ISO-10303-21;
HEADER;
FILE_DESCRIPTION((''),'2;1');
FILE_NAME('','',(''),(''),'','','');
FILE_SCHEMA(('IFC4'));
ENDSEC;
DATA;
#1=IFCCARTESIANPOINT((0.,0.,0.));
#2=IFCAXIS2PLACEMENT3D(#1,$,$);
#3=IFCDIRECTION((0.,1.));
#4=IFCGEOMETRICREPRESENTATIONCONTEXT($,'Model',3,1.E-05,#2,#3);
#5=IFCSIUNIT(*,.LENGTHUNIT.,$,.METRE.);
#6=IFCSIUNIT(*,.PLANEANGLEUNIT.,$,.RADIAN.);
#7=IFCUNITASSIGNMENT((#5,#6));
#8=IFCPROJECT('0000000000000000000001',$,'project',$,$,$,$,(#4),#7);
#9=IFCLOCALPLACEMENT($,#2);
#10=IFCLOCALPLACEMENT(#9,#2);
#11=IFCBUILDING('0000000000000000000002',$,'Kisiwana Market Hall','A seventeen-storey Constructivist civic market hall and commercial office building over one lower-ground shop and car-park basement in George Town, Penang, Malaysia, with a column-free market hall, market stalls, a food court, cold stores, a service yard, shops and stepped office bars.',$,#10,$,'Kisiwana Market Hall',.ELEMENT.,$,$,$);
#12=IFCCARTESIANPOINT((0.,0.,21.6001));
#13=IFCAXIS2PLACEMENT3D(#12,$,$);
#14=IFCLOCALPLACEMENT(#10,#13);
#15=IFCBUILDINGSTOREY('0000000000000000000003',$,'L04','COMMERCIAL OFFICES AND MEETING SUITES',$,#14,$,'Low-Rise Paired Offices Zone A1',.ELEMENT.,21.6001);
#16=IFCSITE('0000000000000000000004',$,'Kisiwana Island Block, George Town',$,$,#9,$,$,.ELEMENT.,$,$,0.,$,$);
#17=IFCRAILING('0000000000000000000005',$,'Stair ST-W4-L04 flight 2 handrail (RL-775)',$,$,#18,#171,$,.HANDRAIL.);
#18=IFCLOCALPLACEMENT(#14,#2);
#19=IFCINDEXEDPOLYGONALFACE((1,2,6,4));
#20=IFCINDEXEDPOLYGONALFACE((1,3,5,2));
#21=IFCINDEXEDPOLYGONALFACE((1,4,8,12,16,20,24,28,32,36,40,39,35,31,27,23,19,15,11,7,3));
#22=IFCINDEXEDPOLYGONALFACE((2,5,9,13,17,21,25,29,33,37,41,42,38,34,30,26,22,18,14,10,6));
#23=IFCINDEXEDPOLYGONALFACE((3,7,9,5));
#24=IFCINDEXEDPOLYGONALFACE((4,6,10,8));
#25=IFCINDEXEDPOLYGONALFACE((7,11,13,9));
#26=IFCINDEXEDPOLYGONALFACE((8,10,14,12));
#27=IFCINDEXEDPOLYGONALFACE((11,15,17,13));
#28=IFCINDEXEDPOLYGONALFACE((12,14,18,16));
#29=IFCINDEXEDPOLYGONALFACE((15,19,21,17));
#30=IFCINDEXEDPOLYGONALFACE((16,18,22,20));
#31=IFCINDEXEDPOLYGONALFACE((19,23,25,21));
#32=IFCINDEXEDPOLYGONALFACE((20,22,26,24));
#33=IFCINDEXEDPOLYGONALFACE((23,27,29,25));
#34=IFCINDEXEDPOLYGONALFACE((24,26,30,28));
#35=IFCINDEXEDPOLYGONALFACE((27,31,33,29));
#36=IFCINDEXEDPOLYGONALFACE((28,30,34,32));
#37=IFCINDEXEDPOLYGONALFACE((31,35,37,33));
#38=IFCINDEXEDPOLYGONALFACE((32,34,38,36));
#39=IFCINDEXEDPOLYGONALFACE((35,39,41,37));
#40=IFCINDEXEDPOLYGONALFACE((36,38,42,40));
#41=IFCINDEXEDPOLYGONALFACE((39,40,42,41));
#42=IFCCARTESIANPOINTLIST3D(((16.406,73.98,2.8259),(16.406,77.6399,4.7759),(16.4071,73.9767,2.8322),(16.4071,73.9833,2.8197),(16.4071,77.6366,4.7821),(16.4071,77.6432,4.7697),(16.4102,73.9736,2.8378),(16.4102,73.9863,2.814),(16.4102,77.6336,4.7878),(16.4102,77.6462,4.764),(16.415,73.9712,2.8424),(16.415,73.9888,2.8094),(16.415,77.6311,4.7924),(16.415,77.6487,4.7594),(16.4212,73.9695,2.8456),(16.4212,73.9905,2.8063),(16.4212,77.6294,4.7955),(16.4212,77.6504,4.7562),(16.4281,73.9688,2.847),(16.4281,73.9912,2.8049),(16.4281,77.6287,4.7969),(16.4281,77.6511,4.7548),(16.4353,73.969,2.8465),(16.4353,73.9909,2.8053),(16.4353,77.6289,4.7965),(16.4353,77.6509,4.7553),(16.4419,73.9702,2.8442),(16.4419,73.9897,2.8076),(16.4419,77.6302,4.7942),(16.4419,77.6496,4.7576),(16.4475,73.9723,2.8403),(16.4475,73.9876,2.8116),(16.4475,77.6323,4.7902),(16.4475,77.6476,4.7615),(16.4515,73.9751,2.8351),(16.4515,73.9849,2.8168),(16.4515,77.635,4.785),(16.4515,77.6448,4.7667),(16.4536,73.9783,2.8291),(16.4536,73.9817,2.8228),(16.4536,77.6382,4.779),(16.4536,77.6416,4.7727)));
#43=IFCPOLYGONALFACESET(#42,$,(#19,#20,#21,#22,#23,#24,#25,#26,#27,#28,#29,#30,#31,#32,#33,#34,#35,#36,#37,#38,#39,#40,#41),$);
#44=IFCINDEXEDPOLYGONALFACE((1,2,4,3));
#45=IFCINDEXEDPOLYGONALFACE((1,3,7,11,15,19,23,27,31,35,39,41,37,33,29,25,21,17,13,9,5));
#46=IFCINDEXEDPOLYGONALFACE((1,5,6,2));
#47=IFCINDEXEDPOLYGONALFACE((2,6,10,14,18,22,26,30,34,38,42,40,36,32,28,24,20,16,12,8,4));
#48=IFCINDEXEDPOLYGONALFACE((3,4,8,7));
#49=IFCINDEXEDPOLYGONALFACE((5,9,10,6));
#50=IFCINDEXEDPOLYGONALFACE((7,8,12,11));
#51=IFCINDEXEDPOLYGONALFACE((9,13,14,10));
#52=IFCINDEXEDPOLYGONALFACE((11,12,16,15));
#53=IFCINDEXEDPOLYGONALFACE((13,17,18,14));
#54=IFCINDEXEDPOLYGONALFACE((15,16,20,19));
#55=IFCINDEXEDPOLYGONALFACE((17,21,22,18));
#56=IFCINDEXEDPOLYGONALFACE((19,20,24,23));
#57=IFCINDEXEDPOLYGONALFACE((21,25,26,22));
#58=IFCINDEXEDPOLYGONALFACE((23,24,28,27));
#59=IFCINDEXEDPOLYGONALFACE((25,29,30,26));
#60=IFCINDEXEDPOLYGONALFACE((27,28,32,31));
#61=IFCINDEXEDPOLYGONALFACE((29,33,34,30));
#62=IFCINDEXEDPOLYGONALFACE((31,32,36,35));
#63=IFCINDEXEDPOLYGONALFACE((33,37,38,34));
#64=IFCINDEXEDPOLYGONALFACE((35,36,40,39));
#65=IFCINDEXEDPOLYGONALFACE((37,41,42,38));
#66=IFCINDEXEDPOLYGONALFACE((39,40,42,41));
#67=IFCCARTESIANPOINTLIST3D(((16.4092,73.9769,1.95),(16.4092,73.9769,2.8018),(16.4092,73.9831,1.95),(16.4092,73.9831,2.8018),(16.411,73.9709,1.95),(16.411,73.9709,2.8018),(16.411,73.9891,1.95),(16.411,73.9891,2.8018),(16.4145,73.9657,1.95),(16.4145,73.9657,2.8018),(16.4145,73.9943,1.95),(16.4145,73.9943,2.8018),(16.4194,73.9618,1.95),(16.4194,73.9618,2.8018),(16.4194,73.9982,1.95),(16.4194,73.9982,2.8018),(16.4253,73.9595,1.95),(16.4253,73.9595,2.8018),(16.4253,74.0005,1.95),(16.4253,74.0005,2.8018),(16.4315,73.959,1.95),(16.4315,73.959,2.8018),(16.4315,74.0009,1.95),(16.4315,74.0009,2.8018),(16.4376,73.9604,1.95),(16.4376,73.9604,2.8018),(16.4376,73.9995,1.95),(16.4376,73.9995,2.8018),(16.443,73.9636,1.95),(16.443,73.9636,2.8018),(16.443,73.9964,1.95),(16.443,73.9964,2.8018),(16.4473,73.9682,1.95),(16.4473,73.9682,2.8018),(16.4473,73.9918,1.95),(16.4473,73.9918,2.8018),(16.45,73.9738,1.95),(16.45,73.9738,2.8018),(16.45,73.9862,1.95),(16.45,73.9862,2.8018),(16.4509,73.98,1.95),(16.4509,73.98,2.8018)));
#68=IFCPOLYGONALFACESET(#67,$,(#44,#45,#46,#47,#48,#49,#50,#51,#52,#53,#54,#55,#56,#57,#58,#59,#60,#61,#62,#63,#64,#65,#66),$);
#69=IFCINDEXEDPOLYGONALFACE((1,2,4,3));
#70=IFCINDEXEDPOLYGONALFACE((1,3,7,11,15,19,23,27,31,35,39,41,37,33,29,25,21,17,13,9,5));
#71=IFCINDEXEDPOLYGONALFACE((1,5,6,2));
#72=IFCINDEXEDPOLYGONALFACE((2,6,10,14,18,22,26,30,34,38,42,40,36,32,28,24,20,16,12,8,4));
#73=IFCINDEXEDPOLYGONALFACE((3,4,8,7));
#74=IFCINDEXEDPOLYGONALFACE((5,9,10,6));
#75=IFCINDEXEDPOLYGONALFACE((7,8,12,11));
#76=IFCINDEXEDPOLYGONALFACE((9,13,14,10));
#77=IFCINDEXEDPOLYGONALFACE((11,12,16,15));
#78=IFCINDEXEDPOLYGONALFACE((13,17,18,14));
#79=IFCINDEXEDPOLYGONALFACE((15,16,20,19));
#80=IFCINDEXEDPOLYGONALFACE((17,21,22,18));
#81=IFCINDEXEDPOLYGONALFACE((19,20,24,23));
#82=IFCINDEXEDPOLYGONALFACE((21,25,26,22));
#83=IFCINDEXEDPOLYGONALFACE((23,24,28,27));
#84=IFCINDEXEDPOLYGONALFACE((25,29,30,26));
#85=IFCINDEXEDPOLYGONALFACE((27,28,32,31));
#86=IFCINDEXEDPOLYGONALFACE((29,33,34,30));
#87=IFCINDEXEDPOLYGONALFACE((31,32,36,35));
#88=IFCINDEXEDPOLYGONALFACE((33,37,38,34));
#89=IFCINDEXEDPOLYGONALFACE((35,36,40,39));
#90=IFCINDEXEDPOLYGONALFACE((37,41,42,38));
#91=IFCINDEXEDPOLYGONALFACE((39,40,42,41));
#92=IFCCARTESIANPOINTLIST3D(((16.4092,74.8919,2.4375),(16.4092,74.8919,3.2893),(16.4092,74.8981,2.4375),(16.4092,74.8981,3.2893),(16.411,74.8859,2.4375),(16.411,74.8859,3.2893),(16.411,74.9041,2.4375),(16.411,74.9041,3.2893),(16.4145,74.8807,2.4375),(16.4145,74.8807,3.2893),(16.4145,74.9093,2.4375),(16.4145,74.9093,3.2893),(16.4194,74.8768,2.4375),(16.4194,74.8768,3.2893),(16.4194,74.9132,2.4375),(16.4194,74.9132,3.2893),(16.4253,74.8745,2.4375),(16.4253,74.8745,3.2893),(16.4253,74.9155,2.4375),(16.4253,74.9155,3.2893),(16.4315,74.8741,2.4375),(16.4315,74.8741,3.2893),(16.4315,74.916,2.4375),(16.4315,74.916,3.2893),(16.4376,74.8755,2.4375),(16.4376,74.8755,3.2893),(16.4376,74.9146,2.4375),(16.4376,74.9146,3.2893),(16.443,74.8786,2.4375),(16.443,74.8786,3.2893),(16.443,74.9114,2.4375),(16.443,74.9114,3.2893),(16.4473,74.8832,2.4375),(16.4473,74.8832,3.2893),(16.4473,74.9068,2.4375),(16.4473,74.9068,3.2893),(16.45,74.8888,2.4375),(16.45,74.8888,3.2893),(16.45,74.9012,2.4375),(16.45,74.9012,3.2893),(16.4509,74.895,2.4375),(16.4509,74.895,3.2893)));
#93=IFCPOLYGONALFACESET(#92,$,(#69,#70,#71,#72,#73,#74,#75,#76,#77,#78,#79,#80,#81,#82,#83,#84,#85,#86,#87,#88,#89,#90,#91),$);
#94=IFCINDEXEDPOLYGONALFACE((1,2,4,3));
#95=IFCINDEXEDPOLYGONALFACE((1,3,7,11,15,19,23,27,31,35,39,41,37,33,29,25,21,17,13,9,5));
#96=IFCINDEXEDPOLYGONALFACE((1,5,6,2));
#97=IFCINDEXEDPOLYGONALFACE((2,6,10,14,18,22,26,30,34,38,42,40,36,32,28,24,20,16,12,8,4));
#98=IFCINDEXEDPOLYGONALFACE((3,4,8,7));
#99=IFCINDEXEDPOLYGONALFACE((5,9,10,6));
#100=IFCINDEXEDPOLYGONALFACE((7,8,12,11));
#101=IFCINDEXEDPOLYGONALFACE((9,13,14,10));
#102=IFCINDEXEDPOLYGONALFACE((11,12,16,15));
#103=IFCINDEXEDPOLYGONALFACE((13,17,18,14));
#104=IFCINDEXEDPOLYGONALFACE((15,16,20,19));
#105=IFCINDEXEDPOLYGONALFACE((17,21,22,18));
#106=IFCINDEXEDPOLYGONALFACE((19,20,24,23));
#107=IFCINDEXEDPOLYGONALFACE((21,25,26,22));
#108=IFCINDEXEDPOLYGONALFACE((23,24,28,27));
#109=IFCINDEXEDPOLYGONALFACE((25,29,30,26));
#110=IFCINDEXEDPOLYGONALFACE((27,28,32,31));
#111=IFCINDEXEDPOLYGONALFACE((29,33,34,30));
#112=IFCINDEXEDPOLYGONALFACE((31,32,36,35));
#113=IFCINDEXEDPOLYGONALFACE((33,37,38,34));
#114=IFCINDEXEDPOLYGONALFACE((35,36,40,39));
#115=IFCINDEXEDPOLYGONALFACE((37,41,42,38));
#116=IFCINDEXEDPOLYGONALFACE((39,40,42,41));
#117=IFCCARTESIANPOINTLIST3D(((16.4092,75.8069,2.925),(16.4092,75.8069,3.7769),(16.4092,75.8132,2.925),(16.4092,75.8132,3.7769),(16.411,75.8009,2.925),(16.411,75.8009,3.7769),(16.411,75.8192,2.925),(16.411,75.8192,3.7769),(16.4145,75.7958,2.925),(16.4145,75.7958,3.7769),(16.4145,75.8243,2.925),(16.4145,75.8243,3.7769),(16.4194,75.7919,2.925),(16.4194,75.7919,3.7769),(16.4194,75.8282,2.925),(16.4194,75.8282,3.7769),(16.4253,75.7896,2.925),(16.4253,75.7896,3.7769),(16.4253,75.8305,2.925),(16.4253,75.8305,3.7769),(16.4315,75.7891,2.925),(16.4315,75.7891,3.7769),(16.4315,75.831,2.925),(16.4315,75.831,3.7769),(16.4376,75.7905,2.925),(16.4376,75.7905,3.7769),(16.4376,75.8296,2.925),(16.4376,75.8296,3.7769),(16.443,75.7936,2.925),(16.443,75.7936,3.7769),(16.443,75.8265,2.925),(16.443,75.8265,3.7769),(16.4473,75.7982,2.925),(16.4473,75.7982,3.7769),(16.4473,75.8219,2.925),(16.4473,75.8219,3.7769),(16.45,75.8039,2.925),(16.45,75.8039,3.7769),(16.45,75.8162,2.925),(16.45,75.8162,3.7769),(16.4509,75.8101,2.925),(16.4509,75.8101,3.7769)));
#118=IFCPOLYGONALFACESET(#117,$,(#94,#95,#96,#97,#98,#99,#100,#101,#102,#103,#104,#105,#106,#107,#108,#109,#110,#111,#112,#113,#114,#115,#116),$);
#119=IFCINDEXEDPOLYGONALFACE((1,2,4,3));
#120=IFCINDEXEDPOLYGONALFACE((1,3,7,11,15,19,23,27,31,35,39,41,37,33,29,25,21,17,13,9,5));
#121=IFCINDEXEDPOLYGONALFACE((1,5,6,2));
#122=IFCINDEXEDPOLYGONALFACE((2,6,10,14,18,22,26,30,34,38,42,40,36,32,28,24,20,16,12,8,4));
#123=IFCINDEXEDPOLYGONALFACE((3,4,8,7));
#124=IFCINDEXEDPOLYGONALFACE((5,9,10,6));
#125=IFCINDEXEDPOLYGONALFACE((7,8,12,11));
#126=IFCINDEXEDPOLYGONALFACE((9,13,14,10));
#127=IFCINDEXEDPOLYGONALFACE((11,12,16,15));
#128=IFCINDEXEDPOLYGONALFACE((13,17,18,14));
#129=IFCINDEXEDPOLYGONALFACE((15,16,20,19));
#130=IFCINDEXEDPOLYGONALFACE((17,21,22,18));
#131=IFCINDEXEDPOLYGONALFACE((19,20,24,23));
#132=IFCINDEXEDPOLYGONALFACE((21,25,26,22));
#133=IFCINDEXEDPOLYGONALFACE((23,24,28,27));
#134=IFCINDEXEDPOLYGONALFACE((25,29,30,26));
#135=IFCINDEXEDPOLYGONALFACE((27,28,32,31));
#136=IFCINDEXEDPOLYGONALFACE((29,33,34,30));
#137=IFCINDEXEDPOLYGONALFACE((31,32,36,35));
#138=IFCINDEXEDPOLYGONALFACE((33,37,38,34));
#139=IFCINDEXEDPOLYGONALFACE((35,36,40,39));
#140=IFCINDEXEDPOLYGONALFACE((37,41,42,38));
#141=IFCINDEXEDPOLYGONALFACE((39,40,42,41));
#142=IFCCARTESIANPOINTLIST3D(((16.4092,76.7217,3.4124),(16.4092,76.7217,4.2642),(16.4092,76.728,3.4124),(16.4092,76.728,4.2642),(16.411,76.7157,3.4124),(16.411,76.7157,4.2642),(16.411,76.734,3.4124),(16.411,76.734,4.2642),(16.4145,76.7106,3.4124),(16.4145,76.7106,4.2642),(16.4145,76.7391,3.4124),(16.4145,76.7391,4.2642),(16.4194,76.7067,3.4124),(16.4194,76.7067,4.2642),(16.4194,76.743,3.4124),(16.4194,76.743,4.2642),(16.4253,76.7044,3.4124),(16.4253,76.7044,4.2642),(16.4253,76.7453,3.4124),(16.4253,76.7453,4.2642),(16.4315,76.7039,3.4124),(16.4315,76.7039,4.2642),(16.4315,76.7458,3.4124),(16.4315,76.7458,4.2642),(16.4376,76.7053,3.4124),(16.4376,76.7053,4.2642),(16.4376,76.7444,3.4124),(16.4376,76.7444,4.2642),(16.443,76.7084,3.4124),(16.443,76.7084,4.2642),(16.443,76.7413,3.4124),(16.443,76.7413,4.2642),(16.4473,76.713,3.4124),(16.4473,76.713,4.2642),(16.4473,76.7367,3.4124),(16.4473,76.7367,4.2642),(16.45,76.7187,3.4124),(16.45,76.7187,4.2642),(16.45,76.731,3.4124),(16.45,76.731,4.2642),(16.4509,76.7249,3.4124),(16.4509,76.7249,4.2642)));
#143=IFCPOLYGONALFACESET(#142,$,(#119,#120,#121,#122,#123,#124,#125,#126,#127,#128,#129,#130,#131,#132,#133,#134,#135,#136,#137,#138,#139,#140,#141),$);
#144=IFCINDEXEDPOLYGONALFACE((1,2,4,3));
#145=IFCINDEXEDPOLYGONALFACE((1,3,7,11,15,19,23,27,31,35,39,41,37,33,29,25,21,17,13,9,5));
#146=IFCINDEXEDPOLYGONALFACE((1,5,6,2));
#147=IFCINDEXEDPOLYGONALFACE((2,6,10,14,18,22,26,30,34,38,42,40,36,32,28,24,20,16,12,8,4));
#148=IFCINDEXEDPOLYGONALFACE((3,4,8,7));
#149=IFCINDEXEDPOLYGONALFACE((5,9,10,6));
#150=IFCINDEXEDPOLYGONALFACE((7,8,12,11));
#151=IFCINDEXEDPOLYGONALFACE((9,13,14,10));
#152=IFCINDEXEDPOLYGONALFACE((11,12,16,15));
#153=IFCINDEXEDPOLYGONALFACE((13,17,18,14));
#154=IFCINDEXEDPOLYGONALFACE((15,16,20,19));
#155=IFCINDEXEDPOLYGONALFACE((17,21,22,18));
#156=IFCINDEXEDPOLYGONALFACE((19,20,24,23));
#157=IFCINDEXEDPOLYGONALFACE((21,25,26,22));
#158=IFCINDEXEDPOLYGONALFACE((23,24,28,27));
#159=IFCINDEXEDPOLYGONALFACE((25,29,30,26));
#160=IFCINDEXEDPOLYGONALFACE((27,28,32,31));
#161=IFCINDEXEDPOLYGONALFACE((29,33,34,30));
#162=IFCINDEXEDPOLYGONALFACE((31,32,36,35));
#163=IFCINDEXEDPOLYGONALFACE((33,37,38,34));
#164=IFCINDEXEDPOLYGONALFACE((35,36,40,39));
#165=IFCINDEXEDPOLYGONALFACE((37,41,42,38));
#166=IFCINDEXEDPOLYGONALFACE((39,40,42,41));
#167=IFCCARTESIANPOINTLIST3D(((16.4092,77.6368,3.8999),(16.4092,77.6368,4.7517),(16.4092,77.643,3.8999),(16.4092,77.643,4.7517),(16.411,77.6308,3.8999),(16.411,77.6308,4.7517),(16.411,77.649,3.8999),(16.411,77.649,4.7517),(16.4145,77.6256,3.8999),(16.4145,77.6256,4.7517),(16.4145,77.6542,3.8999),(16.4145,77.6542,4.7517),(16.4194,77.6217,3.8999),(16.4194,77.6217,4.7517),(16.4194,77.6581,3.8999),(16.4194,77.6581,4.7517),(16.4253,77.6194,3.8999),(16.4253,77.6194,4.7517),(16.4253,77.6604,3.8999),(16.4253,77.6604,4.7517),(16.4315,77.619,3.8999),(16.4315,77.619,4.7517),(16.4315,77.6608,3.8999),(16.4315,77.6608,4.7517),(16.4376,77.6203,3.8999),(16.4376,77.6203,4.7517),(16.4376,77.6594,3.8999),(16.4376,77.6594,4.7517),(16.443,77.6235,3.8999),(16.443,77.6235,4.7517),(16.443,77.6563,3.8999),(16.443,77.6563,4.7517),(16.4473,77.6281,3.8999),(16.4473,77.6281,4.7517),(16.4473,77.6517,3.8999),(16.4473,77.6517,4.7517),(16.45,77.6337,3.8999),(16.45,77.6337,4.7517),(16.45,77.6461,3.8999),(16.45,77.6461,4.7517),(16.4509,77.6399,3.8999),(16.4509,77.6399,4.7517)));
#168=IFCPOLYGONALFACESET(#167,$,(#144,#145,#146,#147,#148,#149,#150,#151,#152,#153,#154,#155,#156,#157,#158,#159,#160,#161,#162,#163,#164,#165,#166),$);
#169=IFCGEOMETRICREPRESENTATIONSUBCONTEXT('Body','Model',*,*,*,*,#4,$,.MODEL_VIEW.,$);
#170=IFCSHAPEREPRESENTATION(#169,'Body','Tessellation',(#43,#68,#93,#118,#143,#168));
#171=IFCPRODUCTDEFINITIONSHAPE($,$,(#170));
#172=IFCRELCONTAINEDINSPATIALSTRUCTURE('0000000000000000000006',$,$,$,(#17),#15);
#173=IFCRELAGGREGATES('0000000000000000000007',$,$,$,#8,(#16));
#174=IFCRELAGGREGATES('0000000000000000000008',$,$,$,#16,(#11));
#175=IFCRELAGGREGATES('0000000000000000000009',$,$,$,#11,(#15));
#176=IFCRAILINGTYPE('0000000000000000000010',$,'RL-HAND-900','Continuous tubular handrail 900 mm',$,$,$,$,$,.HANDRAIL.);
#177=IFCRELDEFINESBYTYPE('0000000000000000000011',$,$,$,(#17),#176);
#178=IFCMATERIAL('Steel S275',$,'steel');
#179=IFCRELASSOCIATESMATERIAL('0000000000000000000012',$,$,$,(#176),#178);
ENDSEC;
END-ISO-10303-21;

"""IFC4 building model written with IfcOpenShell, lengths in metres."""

from ifc_helpers import new_model, si_unit, direction, frame, origin, origin_2d, place, context, subcontext, project, spatial, circle, extrude, material, type_object, element, save


model = new_model("IFC4")

# Units and contexts
model_context = context("Model", 3, precision=1e-05, world=origin(), true_north=direction((0.0, 1.0)))
body_context = subcontext(model_context, "Body", "Model", "MODEL_VIEW")
ifc_project = project(units=[si_unit("LENGTHUNIT", "METRE"), si_unit("PLANEANGLEUNIT", "RADIAN")], contexts=[model_context])

# Site, building, storey
site_placement = place(None, origin())
site = spatial("IfcSite", under=ifc_project, at=site_placement, Name="Kisiwana Island Block, George Town", CompositionType="ELEMENT", RefElevation=0.0)
building_placement = place(site_placement, origin())
building = spatial("IfcBuilding", under=site, at=building_placement, Name="Kisiwana Market Hall", Description="A seventeen-storey Constructivist civic market hall and commercial office building over one lower-ground shop and car-park basement in George Town, Penang, Malaysia, with a column-free market hall, market stalls, a food court, cold stores, a service yard, shops and stepped office bars.", LongName="Kisiwana Market Hall", CompositionType="ELEMENT")
storey_placement = place(building_placement, frame((0.0, 0.0, 21.6001)))
storey = spatial("IfcBuildingStorey", under=building, at=storey_placement, Name="L04", Description="COMMERCIAL OFFICES AND MEETING SUITES", LongName="Low-Rise Paired Offices Zone A1", CompositionType="ELEMENT", Elevation=21.6001)

# Railing
ifc_material_1 = material(Name="Steel S275", Category="steel")
railing_type_1 = type_object("IfcRailingType", Name="RL-HAND-900", Description="Continuous tubular handrail 900 mm", PredefinedType="HANDRAIL", material=ifc_material_1)
railing_1_placement = place(storey_placement, frame((16.4299, 73.98, 1.95)))
element("IfcRailing", 1, at=railing_1_placement, inside=storey, type_object=railing_type_1, Name="Stair ST-W4-L04 flight 2 handrail (RL-775)", PredefinedType="HANDRAIL", context=body_context, shape_type="SweptSolid", body=[
    extrude(circle(Radius=0.0239, at=origin_2d()), frame((0.0, 0.0, 0.876), z_axis=(0.0, 0.882553, 0.470212), x_axis=(-1.0, 0.0, 0.0)), (0.0, 0.0, 1.0), 4.147),
    extrude(circle(Radius=0.021, at=origin_2d()), origin(), (0.0, 0.0, 1.0), 0.8518),
    extrude(circle(Radius=0.021, at=origin_2d()), frame((0.0, 0.915, 0.4875)), (0.0, 0.0, 1.0), 0.8518),
    extrude(circle(Radius=0.021, at=origin_2d()), frame((0.0, 1.8301, 0.9751)), (0.0, 0.0, 1.0), 0.8518),
    extrude(circle(Radius=0.021, at=origin_2d()), frame((0.0, 2.7449, 1.4624)), (0.0, 0.0, 1.0), 0.8518),
    extrude(circle(Radius=0.021, at=origin_2d()), frame((0.0, 3.6599, 1.95)), (0.0, 0.0, 1.0), 0.8518),
])

save(model, "model.ifc")
